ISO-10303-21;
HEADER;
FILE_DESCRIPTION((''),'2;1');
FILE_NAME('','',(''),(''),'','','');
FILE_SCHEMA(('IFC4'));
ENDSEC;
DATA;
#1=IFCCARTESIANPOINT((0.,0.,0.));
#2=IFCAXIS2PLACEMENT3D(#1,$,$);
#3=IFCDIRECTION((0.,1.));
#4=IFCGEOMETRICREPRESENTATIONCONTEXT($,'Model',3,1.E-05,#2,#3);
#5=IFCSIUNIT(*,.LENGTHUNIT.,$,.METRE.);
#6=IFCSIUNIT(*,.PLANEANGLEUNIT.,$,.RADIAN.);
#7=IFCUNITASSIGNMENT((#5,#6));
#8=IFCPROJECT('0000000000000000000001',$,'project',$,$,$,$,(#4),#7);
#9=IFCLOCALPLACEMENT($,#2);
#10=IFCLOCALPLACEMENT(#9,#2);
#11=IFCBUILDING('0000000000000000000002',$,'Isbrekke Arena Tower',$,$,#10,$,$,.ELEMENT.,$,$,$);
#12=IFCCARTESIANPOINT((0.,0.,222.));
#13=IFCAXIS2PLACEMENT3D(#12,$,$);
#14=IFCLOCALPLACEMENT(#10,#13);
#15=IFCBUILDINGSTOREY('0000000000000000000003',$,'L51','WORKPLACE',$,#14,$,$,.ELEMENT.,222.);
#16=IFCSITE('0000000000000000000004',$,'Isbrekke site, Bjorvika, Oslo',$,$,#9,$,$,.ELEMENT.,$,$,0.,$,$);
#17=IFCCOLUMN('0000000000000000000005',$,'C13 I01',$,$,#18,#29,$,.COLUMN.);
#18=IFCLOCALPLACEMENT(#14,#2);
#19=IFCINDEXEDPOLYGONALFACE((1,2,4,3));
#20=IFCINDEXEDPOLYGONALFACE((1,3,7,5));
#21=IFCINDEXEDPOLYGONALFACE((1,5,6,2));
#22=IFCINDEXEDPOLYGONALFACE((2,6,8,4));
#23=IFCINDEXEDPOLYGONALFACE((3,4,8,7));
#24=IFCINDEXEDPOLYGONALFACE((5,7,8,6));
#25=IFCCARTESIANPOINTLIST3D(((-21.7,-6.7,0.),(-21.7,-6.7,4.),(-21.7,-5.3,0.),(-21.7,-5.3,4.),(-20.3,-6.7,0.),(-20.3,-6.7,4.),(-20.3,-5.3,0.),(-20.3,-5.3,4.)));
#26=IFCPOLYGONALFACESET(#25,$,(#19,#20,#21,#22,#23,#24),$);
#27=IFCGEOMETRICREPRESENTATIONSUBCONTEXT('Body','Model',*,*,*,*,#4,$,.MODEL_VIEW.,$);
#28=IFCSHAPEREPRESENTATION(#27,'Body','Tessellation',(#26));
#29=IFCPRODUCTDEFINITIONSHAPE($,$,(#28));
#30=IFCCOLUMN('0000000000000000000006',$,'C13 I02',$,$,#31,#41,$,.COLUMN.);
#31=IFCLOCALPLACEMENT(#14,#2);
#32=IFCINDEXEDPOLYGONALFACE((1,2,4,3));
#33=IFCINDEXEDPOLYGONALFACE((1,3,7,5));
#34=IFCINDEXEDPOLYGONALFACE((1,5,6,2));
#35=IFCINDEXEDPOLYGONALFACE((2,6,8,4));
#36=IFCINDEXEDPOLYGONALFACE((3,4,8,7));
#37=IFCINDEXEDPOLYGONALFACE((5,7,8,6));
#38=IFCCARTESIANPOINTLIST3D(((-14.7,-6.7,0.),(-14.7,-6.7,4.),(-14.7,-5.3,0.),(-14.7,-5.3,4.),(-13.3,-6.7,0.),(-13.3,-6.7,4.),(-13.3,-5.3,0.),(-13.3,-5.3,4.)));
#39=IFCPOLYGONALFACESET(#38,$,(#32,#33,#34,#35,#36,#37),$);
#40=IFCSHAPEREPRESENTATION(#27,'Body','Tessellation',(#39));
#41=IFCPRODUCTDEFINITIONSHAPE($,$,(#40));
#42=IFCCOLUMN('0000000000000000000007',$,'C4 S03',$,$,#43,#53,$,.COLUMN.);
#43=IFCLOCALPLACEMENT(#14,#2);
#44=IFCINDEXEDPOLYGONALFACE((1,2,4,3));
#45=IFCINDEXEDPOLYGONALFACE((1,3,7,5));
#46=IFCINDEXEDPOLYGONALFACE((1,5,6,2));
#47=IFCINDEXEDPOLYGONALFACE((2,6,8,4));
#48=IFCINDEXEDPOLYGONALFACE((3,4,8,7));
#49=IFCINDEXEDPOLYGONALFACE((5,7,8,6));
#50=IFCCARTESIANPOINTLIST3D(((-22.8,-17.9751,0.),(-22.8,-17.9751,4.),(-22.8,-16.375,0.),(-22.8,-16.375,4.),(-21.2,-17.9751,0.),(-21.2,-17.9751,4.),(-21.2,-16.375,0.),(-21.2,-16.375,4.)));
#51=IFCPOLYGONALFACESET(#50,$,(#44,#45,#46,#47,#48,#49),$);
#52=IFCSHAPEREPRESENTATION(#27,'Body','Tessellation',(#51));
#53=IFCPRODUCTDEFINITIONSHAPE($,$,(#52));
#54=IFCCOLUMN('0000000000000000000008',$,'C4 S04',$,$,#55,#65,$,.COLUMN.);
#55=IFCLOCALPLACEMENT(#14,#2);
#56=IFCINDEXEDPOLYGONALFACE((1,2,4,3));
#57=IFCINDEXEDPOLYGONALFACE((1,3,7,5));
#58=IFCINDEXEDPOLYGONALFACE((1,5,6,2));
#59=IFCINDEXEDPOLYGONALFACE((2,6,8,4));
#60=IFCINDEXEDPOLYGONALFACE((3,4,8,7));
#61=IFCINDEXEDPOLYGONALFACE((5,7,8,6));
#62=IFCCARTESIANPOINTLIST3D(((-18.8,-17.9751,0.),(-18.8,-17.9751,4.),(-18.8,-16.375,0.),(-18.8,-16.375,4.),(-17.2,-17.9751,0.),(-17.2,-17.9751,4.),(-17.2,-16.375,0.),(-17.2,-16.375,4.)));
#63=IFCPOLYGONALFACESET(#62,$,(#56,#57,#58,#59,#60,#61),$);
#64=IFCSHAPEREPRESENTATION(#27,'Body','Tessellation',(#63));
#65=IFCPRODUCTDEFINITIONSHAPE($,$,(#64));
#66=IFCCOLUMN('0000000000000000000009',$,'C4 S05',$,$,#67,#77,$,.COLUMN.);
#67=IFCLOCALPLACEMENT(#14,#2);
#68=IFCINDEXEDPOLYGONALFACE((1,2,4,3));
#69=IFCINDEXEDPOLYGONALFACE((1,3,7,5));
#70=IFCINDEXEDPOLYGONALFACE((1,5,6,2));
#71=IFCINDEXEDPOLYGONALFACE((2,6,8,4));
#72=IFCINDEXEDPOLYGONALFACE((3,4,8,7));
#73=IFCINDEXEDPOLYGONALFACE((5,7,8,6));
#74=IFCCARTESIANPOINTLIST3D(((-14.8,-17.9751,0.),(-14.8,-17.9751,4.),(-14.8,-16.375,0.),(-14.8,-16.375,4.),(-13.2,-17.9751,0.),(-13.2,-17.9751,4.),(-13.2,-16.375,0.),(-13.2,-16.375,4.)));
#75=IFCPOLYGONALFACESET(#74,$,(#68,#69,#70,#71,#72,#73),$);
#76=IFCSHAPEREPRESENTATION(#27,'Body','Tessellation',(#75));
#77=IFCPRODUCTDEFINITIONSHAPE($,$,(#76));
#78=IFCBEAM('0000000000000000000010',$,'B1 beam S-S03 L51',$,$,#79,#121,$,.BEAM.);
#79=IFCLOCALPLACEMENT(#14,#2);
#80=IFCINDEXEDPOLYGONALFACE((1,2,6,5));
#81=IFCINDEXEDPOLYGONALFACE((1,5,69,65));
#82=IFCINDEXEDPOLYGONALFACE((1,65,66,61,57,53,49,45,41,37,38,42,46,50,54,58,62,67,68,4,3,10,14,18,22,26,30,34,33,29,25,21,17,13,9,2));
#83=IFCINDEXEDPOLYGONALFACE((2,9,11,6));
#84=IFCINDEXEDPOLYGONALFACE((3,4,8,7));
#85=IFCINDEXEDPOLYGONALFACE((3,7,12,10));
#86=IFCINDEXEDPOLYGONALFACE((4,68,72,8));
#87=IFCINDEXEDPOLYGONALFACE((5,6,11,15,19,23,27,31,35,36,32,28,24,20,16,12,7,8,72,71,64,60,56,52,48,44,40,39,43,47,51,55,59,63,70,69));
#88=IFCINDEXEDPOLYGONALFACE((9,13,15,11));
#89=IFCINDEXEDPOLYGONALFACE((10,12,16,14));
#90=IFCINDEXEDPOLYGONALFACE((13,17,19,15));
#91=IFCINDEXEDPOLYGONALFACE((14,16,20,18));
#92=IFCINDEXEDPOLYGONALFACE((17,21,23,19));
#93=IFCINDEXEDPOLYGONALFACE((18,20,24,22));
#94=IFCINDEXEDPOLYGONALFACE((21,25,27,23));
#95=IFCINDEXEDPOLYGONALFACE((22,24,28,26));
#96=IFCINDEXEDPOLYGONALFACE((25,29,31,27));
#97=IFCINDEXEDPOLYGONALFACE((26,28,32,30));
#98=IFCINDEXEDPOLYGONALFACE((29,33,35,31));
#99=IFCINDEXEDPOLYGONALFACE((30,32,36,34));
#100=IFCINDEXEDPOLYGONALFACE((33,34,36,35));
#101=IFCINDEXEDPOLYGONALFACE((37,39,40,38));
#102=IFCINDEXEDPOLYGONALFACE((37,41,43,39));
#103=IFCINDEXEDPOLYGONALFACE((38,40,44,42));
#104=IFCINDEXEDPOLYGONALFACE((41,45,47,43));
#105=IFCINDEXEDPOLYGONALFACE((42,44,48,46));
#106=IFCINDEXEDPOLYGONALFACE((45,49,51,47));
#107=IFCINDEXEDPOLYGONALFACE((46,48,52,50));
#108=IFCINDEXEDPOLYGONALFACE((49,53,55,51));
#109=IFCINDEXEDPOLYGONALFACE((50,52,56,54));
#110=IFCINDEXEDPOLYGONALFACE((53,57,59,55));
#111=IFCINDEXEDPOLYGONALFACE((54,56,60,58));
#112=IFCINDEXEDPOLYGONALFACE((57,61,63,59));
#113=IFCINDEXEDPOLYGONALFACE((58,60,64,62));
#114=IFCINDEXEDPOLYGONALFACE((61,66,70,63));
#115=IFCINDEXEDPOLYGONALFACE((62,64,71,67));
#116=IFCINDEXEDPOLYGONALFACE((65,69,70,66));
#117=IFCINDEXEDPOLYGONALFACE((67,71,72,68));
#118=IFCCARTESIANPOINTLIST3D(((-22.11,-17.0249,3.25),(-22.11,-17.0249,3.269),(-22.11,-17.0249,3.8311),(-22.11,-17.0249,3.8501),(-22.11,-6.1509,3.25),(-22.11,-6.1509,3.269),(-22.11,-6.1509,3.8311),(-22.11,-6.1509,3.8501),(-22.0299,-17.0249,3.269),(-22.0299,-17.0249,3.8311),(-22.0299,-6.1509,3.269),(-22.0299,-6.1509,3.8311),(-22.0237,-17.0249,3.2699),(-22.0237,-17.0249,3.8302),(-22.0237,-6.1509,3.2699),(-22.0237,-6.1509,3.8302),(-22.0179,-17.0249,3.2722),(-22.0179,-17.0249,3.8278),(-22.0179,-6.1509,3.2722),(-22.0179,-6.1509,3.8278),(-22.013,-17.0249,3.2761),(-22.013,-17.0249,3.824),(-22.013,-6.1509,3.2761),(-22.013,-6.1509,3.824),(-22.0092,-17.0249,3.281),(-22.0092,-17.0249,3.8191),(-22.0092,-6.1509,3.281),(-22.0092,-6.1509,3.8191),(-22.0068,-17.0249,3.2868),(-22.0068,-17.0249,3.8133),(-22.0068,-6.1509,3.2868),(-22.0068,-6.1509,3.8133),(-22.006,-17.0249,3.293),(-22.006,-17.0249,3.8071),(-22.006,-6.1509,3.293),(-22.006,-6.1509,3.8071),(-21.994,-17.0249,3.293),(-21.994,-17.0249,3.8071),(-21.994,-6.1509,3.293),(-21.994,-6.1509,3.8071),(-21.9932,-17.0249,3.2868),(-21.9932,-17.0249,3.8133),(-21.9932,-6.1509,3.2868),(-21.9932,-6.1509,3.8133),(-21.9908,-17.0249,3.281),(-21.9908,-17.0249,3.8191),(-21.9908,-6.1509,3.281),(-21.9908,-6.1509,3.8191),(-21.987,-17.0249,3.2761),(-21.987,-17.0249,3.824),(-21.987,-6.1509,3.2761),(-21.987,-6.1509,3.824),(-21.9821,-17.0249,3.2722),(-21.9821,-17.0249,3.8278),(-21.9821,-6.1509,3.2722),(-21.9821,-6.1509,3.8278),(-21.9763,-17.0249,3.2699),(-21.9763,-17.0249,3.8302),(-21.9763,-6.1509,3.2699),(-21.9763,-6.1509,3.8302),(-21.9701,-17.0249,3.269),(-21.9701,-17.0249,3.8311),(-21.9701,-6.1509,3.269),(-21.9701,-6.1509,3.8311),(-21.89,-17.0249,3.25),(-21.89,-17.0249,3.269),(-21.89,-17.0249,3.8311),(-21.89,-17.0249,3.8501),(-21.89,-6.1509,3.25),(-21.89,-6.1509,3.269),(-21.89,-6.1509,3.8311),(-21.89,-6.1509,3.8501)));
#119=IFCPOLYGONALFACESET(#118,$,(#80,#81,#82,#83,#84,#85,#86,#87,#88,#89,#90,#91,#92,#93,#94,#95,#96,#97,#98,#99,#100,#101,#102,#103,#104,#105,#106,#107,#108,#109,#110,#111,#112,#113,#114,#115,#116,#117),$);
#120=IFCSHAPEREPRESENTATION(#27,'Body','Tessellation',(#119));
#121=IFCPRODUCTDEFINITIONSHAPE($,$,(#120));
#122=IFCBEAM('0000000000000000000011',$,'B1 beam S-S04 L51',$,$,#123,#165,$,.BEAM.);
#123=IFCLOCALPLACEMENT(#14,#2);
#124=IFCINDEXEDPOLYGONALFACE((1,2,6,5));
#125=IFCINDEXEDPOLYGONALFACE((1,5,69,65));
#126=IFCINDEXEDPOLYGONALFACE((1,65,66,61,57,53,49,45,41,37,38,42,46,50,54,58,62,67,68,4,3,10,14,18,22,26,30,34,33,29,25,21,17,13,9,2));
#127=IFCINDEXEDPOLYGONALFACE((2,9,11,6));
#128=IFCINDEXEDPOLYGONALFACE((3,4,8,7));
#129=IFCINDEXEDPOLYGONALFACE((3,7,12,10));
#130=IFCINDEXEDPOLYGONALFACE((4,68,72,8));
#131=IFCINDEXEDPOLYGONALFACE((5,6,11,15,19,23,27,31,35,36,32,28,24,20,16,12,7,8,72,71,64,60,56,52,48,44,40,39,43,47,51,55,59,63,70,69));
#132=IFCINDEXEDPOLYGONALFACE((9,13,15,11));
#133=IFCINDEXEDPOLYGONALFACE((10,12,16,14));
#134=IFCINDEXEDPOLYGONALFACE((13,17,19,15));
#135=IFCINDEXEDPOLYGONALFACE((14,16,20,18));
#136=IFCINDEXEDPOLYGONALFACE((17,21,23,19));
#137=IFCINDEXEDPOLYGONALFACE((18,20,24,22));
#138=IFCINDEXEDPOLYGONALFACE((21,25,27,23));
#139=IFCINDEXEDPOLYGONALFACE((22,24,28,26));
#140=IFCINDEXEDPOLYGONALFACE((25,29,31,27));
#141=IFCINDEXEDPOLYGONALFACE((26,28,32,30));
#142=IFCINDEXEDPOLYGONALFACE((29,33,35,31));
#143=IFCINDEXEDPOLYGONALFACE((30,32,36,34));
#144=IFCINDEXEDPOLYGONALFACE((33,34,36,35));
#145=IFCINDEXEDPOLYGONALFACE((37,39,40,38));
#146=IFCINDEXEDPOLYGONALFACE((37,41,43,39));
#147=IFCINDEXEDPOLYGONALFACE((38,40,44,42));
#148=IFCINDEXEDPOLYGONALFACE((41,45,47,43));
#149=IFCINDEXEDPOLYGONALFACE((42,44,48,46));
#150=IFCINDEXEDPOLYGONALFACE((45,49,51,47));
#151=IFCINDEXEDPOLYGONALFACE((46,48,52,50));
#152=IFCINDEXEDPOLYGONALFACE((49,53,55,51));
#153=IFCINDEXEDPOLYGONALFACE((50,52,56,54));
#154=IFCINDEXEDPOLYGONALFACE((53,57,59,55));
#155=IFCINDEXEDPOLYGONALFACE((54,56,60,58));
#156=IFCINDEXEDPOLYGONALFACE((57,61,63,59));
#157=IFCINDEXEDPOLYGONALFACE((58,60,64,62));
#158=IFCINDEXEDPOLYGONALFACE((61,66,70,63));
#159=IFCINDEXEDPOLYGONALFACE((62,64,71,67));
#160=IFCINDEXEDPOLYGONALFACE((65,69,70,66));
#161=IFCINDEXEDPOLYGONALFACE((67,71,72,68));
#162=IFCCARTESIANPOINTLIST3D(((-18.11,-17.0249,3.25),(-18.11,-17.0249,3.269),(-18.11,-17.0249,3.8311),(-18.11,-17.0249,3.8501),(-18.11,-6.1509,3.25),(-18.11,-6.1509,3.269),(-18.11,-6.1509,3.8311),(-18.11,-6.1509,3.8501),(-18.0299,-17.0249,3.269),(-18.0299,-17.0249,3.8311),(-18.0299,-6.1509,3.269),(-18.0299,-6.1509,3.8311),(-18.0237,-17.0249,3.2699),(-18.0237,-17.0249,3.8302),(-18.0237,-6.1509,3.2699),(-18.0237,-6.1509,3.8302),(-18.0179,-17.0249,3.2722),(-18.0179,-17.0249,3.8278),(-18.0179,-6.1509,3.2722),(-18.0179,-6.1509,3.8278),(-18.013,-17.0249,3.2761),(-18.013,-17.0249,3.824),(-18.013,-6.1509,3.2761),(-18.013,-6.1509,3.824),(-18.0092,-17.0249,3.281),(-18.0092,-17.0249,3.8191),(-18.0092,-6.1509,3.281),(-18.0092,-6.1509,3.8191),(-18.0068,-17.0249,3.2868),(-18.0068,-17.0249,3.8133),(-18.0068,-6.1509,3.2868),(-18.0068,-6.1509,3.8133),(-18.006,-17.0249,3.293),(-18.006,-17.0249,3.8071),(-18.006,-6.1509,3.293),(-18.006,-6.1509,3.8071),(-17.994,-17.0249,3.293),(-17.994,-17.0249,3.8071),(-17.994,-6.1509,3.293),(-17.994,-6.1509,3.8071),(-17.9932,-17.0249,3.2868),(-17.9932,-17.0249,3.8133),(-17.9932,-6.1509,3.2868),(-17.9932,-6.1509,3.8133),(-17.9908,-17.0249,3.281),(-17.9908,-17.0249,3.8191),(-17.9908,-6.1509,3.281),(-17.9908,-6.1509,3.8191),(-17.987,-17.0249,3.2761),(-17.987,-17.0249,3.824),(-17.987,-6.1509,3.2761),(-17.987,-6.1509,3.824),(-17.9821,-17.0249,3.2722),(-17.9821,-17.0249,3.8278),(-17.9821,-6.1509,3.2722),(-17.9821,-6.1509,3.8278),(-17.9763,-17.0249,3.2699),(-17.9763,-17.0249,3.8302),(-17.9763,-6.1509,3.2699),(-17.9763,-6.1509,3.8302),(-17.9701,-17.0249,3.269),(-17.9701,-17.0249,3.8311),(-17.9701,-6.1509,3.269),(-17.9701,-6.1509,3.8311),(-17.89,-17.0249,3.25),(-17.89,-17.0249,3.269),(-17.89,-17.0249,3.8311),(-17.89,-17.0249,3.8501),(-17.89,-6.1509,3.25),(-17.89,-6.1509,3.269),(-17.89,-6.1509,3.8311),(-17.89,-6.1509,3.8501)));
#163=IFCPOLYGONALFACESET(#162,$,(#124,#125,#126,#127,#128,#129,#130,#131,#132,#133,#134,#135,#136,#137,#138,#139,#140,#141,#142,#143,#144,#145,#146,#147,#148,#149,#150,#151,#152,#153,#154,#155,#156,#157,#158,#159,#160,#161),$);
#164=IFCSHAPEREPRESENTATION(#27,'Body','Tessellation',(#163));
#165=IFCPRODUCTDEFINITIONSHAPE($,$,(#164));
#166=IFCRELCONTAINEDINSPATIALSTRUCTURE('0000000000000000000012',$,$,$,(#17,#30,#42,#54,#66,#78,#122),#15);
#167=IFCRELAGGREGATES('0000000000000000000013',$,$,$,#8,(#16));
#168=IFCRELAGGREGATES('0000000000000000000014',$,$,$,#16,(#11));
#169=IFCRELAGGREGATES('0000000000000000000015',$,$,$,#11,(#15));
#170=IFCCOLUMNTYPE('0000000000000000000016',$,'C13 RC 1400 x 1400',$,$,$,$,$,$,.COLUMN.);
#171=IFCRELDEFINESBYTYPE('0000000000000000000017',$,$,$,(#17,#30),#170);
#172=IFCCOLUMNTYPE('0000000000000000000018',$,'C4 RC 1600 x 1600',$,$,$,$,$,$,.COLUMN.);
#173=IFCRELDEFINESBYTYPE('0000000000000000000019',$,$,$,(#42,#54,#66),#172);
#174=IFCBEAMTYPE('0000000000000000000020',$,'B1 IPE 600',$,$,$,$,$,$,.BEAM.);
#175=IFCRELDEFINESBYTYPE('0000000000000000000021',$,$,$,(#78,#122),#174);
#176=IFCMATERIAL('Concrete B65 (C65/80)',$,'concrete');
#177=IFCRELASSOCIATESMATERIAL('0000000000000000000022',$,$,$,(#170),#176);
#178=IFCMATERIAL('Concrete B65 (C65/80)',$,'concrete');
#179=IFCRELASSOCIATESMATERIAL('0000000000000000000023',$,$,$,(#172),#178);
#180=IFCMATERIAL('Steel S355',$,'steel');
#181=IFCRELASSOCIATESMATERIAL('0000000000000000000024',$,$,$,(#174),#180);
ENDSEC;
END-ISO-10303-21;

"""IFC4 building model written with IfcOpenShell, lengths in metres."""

from ifc_helpers import new_model, si_unit, direction, frame, origin, origin_2d, place, context, subcontext, project, spatial, rectangle, i_section, extrude, material, material_profile, profile_set, type_object, element, save


model = new_model("IFC4")

# Units and contexts
model_context = context("Model", 3, precision=1e-05, world=origin(), true_north=direction((0.0, 1.0)))
body_context = subcontext(model_context, "Body", "Model", "MODEL_VIEW")
ifc_project = project(units=[si_unit("LENGTHUNIT", "METRE"), si_unit("PLANEANGLEUNIT", "RADIAN")], contexts=[model_context])

# Site, building, storey
site_placement = place(None, origin())
site = spatial("IfcSite", under=ifc_project, at=site_placement, Name="Isbrekke site, Bjorvika, Oslo", CompositionType="ELEMENT", RefElevation=0.0)
building_placement = place(site_placement, origin())
building = spatial("IfcBuilding", under=site, at=building_placement, Name="Isbrekke Arena Tower", CompositionType="ELEMENT")
storey_placement = place(building_placement, frame((0.0, 0.0, 222.0)))
storey = spatial("IfcBuildingStorey", under=building, at=storey_placement, Name="L51", Description="WORKPLACE", CompositionType="ELEMENT", Elevation=222.0)

# Columns
ifc_material_1 = material(Name="Concrete B65 (C65/80)", Category="concrete")
ifc_material_profile_1 = material_profile(ifc_material_1, rectangle(XDim=1.3999, YDim=1.3999, at=origin_2d()), Name="RC 1400x1400")
ifc_profile_set_1 = profile_set([ifc_material_profile_1], Name="Concrete B65 (C65/80)")
column_type_1 = type_object("IfcColumnType", Name="C13 RC 1400 x 1400", PredefinedType="COLUMN", material=ifc_profile_set_1)
for number, where, z_axis, x_axis, name in (
    (1, (-21.0, -6.0, 0.0), (0.0, 0.0, 1.0), (1.0, 0.0, 0.0), "C13 I01"),
    (2, (-14.0, -6.0, 0.0), (0.0, 0.0, 1.0), (1.0, 0.0, 0.0), "C13 I02"),
):
    element("IfcColumn", number, at=place(storey_placement, frame(where, z_axis=z_axis, x_axis=x_axis)), inside=storey, type_object=column_type_1, Name=name, PredefinedType="COLUMN", context=body_context, shape_type="SweptSolid", body=[
        extrude(rectangle(XDim=1.3999, YDim=1.3999, at=origin_2d()), origin(), (0.0, 0.0, 1.0), 4.0),
    ])
ifc_material_2 = material(Name="Concrete B65 (C65/80)", Category="concrete")
ifc_material_profile_2 = material_profile(ifc_material_2, rectangle(XDim=1.6001, YDim=1.6001, at=origin_2d()), Name="RC 1600x1600")
ifc_profile_set_2 = profile_set([ifc_material_profile_2], Name="Concrete B65 (C65/80)")
column_type_2 = type_object("IfcColumnType", Name="C4 RC 1600 x 1600", PredefinedType="COLUMN", material=ifc_profile_set_2)
for number, where, z_axis, x_axis, name in (
    (3, (-22.0, -17.175, 0.0), (0.0, 0.0, 1.0), (1.0, 0.0, 0.0), "C4 S03"),
    (4, (-18.0, -17.175, 0.0), (0.0, 0.0, 1.0), (1.0, 0.0, 0.0), "C4 S04"),
    (5, (-14.0, -17.175, 0.0), (0.0, 0.0, 1.0), (1.0, 0.0, 0.0), "C4 S05"),
):
    element("IfcColumn", number, at=place(storey_placement, frame(where, z_axis=z_axis, x_axis=x_axis)), inside=storey, type_object=column_type_2, Name=name, PredefinedType="COLUMN", context=body_context, shape_type="SweptSolid", body=[
        extrude(rectangle(XDim=1.6001, YDim=1.6001, at=origin_2d()), origin(), (0.0, 0.0, 1.0), 4.0),
    ])

# Beams
ifc_material_3 = material(Name="Steel S355", Category="steel")
ifc_material_profile_3 = material_profile(ifc_material_3, i_section(OverallWidth=0.22, OverallDepth=0.6001, WebThickness=0.012, FlangeThickness=0.019, FilletRadius=0.0239, at=origin_2d()), Name="IPE 600")
ifc_profile_set_3 = profile_set([ifc_material_profile_3], Name="Steel S355")
beam_type_1 = type_object("IfcBeamType", Name="B1 IPE 600", PredefinedType="BEAM", material=ifc_profile_set_3)
for number, where, z_axis, x_axis, name in (
    (6, (-22.0, -17.0249, 3.55), (0.0, 1.0, 0.0), (-1.0, 0.0, 0.0), "B1 beam S-S03 L51"),
    (7, (-18.0, -17.0249, 3.55), (0.0, 1.0, 0.0), (-1.0, 0.0, 0.0), "B1 beam S-S04 L51"),
):
    element("IfcBeam", number, at=place(storey_placement, frame(where, z_axis=z_axis, x_axis=x_axis)), inside=storey, type_object=beam_type_1, Name=name, PredefinedType="BEAM", context=body_context, shape_type="SweptSolid", body=[
        extrude(i_section(OverallWidth=0.22, OverallDepth=0.6001, WebThickness=0.012, FlangeThickness=0.019, FilletRadius=0.0239, at=origin_2d()), origin(), (0.0, 0.0, 1.0), 10.874),
    ])

save(model, "model.ifc")
